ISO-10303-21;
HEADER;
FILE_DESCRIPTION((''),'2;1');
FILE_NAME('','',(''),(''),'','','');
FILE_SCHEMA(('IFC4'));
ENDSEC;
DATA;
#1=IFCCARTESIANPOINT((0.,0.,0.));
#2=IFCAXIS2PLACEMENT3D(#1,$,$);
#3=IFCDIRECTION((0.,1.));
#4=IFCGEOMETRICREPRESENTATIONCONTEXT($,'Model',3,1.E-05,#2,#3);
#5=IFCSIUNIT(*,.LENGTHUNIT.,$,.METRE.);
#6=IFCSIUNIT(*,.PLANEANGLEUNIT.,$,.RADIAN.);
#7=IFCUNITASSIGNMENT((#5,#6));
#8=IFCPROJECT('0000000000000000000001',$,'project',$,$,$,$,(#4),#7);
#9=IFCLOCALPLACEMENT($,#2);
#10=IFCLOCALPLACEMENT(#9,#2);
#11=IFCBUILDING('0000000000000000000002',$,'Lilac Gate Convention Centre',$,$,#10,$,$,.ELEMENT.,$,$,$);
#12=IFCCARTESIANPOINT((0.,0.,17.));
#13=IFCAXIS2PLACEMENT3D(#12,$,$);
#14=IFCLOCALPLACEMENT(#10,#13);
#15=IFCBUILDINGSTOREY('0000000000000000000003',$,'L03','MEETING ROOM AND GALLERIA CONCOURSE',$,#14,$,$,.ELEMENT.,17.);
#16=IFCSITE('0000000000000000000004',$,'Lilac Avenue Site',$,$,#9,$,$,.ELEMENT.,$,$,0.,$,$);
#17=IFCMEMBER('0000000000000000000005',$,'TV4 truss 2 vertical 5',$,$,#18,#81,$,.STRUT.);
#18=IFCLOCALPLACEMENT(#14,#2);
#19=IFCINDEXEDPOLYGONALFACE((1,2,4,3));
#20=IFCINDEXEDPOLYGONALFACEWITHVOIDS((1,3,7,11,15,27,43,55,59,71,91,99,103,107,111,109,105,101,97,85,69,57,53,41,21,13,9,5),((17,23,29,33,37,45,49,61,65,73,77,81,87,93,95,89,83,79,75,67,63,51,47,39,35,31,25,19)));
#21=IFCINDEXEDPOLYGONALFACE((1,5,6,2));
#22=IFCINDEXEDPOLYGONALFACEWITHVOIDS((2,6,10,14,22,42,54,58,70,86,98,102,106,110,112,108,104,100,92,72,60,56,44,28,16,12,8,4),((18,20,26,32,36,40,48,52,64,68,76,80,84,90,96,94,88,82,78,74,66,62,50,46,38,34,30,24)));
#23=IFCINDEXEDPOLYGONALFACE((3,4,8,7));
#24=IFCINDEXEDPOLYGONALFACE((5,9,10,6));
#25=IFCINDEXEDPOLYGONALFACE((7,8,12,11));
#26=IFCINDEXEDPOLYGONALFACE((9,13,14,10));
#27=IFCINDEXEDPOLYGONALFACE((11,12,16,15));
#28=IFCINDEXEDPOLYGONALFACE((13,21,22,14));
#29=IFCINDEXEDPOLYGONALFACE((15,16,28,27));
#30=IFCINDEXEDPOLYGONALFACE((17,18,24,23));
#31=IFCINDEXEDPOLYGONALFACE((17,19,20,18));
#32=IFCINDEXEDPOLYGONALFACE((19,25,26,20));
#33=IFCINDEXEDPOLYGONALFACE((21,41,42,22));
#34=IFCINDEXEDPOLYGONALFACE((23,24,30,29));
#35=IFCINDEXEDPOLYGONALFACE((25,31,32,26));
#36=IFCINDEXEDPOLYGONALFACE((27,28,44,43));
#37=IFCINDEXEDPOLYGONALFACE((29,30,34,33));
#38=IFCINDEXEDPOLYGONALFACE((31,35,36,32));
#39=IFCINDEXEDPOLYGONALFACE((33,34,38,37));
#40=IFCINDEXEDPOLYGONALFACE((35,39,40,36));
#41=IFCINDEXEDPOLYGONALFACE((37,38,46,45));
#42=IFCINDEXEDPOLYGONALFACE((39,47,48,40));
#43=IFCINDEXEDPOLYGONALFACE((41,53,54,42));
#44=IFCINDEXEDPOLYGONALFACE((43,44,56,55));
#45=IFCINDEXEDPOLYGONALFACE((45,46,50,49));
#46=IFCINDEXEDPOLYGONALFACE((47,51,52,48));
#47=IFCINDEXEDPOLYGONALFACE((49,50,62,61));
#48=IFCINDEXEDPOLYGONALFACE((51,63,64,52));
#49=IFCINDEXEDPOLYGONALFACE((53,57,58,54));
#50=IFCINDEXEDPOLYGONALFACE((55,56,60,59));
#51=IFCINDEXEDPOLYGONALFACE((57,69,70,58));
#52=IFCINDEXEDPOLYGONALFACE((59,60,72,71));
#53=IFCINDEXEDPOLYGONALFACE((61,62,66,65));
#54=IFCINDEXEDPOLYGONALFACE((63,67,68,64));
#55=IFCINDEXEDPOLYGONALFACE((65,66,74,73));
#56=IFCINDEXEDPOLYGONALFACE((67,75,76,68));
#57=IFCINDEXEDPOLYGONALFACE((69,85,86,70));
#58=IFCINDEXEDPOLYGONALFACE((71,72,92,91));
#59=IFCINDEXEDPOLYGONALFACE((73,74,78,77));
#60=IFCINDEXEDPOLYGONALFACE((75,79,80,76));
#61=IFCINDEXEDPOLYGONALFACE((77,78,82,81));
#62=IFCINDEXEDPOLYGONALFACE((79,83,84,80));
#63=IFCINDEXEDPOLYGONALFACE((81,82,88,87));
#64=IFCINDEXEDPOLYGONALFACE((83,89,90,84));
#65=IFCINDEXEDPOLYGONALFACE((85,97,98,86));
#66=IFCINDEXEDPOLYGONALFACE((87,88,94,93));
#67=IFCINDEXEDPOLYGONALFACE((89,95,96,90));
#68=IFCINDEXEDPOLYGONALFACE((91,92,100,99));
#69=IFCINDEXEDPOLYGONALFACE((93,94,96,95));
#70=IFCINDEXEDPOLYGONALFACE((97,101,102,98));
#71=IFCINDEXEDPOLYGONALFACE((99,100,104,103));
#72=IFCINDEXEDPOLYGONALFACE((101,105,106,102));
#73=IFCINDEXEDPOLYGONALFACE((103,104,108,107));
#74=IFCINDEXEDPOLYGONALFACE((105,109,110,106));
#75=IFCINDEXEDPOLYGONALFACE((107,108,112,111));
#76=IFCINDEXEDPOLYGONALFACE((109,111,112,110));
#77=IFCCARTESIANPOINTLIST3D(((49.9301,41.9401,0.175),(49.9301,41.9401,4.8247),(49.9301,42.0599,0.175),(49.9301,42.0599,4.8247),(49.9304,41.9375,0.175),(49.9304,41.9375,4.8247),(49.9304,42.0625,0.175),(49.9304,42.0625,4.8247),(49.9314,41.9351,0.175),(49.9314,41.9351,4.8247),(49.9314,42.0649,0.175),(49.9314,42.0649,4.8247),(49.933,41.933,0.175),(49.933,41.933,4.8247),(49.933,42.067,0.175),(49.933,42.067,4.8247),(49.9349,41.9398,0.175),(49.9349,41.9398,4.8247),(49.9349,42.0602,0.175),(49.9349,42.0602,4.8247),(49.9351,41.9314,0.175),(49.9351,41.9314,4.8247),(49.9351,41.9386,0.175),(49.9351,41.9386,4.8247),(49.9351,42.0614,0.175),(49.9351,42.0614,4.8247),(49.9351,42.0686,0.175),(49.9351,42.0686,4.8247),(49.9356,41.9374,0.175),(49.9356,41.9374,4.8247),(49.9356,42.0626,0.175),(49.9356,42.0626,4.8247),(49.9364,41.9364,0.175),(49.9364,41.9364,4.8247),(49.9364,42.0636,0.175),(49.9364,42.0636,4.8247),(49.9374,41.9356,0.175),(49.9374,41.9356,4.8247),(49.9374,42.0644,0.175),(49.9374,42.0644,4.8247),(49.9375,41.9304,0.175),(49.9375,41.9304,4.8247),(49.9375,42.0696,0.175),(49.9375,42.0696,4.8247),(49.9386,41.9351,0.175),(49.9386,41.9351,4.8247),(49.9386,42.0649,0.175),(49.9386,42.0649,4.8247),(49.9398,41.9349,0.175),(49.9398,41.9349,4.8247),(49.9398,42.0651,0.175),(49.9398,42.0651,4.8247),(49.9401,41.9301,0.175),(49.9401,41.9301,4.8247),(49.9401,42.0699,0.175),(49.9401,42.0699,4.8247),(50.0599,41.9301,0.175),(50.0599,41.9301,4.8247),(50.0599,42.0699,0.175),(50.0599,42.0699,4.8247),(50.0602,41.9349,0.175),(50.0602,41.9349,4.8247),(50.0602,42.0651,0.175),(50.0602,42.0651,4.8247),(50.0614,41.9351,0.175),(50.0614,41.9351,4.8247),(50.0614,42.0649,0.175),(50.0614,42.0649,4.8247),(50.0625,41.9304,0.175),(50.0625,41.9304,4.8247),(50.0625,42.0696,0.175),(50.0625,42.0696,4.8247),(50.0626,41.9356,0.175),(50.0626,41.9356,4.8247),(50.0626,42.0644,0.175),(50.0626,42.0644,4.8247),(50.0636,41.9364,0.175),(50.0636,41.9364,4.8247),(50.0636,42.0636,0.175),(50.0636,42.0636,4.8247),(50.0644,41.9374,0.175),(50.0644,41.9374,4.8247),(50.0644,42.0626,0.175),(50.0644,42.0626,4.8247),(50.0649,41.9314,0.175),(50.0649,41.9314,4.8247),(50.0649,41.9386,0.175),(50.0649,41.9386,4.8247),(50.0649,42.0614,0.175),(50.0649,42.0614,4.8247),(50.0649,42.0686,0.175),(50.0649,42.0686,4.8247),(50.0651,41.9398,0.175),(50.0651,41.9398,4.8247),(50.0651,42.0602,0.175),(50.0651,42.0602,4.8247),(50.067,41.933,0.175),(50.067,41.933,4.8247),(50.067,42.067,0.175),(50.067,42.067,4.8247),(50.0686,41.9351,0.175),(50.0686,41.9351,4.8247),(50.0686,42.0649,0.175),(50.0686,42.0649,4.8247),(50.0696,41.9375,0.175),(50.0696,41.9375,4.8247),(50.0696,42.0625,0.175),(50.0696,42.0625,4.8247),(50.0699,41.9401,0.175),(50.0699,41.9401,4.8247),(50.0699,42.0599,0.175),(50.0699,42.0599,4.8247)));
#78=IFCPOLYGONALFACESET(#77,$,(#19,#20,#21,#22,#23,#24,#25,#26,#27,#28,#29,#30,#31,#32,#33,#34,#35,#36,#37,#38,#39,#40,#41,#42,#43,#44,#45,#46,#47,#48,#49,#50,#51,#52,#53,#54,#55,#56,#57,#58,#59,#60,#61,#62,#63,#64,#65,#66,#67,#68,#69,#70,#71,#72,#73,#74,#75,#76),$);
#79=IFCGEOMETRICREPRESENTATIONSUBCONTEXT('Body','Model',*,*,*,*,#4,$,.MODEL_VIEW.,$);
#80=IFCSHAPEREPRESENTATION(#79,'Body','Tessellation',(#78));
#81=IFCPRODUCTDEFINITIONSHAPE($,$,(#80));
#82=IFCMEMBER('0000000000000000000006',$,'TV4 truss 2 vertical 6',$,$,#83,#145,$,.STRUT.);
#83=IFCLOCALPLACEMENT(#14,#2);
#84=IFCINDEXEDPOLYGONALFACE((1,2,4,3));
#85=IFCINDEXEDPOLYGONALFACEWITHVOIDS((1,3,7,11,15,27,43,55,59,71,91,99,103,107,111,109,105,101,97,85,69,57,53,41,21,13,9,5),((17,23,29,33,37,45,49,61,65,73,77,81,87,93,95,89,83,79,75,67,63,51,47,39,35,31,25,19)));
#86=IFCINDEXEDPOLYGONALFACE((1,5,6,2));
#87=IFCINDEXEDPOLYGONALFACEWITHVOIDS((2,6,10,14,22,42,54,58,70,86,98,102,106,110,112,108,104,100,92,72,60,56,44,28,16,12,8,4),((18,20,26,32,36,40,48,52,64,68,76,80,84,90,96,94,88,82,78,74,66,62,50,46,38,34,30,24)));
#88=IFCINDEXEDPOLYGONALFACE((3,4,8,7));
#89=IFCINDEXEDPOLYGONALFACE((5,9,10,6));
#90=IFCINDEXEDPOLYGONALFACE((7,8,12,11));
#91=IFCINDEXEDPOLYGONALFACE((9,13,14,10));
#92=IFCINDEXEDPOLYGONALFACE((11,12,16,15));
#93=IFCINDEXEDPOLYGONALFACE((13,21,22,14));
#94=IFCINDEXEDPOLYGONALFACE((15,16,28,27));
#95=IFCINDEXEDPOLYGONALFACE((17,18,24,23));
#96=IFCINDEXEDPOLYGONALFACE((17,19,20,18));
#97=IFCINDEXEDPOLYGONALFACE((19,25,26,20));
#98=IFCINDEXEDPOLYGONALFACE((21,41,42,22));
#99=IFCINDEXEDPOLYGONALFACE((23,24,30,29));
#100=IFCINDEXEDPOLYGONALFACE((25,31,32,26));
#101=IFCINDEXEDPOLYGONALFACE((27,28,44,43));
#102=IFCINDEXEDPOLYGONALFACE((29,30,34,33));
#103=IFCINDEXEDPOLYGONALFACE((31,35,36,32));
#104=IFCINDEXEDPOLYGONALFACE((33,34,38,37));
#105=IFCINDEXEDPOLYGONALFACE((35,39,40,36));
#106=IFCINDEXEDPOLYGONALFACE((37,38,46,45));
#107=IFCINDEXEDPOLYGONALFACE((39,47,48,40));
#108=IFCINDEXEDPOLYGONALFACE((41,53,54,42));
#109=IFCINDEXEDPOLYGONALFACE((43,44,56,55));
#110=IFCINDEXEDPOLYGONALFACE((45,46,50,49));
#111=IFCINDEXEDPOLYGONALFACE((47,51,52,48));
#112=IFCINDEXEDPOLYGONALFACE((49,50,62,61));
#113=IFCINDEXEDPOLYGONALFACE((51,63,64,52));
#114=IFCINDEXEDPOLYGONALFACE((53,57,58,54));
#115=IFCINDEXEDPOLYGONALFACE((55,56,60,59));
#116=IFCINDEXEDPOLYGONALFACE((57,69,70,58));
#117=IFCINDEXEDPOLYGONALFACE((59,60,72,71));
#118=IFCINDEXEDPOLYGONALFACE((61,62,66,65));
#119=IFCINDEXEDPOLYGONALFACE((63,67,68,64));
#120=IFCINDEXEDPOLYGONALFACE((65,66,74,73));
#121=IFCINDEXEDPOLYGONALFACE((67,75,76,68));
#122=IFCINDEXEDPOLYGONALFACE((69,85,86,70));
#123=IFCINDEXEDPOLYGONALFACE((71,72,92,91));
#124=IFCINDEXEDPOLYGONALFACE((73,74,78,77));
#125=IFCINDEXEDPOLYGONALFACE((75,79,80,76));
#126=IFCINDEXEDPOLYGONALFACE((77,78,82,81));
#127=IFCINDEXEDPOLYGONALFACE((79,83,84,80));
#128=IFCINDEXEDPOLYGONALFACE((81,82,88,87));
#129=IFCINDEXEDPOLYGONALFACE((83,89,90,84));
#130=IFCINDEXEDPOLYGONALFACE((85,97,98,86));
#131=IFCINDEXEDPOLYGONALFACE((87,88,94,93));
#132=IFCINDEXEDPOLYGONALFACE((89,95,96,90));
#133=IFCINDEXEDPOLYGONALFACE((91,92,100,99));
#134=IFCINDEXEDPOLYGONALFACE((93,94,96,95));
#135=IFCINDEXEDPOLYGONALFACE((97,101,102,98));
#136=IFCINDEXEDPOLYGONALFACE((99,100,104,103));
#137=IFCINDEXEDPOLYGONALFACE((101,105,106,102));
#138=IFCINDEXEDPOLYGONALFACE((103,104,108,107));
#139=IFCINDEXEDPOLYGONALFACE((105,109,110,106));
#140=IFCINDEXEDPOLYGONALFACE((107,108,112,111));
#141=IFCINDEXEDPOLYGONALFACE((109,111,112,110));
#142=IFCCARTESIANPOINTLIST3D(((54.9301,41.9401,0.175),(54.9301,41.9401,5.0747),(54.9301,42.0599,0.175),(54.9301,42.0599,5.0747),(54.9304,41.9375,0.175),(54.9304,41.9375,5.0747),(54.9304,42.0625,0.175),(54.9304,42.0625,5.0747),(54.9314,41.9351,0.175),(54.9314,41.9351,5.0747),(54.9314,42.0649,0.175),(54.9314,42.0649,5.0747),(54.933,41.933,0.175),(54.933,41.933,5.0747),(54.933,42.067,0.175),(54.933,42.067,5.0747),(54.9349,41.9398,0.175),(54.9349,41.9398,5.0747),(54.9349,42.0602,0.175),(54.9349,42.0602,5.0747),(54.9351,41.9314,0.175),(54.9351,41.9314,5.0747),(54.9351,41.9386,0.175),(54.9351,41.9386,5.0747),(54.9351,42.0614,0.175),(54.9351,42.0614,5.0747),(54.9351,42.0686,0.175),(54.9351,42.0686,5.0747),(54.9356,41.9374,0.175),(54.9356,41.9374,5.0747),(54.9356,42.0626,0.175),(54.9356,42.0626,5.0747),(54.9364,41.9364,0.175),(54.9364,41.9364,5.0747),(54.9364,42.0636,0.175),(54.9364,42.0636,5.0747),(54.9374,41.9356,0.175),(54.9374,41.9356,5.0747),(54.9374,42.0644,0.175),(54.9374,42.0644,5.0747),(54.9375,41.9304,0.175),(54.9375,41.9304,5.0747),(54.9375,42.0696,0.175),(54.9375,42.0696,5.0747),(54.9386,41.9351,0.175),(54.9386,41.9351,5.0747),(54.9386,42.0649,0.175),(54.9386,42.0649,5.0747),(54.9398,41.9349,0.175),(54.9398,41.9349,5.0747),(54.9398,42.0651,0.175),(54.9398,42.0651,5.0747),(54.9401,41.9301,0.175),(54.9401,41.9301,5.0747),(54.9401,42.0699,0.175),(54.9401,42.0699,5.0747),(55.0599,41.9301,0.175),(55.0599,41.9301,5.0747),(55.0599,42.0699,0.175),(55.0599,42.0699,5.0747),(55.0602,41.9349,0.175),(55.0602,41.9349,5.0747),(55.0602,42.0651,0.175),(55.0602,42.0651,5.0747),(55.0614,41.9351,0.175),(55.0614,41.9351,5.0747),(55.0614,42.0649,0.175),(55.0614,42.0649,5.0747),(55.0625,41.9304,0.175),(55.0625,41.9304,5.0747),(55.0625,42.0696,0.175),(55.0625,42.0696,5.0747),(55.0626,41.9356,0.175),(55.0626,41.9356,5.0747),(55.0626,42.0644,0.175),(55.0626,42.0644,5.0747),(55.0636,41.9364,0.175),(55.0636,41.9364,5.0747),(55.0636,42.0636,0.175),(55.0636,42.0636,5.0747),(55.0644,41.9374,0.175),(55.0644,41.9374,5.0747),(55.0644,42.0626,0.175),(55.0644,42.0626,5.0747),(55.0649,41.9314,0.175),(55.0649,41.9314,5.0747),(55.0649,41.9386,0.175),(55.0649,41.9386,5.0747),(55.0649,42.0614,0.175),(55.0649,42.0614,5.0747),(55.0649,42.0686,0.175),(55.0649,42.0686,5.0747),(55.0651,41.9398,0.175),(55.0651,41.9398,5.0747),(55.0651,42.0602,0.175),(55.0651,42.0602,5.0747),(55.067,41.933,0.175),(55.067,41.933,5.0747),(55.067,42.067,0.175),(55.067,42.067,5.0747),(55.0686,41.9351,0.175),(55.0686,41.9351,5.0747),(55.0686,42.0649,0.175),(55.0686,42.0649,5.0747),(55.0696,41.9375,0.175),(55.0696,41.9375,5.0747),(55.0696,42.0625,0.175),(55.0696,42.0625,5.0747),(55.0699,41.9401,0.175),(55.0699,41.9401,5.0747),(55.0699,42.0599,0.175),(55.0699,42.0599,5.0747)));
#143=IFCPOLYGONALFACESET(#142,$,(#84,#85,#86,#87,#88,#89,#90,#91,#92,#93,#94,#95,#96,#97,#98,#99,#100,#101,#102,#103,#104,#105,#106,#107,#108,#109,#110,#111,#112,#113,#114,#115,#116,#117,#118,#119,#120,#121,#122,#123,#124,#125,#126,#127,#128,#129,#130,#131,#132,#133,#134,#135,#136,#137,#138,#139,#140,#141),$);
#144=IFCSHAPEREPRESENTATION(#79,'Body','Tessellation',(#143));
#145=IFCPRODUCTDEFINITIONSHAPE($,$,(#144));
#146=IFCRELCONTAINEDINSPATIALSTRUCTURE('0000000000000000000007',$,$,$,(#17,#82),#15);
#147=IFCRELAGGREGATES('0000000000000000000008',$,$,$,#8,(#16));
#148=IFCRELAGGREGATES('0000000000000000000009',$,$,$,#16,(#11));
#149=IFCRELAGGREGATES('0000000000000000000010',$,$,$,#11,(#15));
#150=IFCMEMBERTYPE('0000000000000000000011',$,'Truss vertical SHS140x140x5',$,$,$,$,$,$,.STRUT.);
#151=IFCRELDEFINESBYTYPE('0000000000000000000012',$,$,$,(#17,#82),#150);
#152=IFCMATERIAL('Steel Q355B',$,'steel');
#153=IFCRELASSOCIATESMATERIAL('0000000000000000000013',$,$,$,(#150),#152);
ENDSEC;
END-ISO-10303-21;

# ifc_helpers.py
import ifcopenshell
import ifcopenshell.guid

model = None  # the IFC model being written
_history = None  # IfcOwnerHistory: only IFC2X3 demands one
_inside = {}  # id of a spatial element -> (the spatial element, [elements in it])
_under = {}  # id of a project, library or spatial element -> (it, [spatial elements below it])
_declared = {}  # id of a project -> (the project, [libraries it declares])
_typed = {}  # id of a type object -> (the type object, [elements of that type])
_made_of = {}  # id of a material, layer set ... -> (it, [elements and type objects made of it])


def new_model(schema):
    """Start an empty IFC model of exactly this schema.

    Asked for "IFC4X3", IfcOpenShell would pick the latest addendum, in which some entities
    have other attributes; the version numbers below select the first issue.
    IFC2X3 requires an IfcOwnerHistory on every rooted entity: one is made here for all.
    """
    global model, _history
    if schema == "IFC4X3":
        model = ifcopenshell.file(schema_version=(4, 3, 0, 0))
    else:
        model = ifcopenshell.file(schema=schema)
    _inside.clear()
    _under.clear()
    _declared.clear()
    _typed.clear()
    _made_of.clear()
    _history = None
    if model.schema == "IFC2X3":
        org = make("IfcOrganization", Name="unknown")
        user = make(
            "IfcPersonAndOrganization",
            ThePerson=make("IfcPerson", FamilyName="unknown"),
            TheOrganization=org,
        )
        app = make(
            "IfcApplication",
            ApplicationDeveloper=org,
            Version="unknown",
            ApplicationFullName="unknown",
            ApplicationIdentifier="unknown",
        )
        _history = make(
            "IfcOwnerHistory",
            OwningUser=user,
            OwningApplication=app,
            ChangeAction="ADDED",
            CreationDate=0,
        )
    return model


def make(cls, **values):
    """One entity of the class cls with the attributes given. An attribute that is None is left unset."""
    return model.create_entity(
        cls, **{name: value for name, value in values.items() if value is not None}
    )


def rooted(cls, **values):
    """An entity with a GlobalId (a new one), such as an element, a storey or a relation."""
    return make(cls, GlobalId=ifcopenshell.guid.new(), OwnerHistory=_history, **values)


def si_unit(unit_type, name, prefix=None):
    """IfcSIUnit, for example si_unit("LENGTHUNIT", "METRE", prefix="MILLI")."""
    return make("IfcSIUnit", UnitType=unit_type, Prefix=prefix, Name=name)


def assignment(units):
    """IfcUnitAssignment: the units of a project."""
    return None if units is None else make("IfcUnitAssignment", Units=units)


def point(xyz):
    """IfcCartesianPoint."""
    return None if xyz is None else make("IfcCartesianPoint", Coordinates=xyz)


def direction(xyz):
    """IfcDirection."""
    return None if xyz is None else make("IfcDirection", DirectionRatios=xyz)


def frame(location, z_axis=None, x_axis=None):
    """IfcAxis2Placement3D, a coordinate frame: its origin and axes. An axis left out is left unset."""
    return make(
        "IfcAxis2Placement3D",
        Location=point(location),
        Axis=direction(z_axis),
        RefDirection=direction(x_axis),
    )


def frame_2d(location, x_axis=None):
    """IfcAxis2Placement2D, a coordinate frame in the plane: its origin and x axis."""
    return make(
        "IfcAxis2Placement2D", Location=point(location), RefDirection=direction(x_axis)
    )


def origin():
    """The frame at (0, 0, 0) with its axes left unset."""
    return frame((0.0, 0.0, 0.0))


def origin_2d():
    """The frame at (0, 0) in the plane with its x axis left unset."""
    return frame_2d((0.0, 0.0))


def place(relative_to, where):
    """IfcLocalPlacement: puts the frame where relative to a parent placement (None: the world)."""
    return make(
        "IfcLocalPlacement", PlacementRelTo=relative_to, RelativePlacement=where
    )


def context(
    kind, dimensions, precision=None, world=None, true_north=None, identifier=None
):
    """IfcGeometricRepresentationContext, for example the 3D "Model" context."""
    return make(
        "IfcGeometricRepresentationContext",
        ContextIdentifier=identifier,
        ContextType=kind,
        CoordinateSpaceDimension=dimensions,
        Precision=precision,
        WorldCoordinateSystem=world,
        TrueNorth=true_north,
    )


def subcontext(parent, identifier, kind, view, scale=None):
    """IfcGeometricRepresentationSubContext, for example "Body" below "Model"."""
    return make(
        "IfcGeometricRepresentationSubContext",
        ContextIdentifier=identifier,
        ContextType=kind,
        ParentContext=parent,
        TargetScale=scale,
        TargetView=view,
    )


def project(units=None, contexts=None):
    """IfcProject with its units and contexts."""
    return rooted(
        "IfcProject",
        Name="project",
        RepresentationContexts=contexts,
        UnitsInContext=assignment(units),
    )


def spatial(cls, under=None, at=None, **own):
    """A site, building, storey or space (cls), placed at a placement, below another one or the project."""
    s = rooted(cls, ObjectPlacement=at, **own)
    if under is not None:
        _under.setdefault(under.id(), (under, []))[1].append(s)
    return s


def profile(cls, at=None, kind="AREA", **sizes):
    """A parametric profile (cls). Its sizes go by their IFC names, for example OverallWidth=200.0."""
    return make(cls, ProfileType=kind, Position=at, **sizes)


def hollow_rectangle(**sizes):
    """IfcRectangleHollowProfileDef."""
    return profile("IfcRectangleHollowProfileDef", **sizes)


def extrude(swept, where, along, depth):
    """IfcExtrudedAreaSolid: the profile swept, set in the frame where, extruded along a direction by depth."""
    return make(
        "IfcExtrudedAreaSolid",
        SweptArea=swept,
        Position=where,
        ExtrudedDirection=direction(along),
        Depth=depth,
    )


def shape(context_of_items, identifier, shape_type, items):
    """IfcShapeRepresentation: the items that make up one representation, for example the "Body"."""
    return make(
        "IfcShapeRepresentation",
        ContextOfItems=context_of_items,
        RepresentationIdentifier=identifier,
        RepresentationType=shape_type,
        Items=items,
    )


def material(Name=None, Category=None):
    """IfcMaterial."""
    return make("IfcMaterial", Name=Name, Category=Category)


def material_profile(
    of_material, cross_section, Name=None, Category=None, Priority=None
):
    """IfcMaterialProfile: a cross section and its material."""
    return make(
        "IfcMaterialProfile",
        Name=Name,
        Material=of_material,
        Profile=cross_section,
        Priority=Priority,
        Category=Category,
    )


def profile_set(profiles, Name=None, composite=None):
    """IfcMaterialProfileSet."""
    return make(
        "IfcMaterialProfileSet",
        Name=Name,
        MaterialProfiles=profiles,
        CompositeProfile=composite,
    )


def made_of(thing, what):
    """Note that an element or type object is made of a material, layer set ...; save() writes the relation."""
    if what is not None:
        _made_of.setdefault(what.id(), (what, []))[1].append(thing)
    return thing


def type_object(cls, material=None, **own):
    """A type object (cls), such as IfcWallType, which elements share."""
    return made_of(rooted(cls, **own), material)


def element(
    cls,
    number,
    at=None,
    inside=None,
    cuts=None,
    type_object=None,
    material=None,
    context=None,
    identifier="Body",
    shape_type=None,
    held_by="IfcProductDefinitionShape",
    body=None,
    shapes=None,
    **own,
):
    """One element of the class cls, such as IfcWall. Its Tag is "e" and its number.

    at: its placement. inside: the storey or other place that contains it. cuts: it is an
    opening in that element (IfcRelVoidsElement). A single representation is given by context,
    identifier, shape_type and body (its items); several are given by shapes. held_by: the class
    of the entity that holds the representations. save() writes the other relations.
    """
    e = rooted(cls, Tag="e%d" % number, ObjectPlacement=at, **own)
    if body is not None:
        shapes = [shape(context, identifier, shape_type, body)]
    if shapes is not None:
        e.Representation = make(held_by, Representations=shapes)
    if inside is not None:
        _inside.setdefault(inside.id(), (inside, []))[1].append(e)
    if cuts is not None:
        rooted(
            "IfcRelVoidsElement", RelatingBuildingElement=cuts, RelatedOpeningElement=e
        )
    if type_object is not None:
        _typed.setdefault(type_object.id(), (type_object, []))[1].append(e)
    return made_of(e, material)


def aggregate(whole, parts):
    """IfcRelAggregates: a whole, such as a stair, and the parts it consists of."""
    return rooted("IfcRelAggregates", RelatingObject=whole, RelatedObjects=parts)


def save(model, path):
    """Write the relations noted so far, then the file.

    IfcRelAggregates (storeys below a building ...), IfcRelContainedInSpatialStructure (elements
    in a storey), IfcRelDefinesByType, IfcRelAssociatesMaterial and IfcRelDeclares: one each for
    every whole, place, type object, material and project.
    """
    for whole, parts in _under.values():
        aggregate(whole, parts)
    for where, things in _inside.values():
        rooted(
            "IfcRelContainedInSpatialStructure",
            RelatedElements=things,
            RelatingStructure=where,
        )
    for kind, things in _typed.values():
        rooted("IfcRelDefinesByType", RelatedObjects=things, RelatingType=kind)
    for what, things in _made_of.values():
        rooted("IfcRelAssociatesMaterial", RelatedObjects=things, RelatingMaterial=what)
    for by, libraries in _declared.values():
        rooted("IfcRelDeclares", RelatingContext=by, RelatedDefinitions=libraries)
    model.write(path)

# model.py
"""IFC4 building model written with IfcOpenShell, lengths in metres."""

from ifc_helpers import new_model, si_unit, direction, frame, origin, origin_2d, place, context, subcontext, project, spatial, hollow_rectangle, extrude, material, material_profile, profile_set, type_object, element, save


model = new_model("IFC4")

# Units and contexts
model_context = context("Model", 3, precision=1e-05, world=origin(), true_north=direction((0.0, 1.0)))
body_context = subcontext(model_context, "Body", "Model", "MODEL_VIEW")
ifc_project = project(units=[si_unit("LENGTHUNIT", "METRE"), si_unit("PLANEANGLEUNIT", "RADIAN")], contexts=[model_context])

# Site, building, storey
site_placement = place(None, origin())
site = spatial("IfcSite", under=ifc_project, at=site_placement, Name="Lilac Avenue Site", CompositionType="ELEMENT", RefElevation=0.0)
building_placement = place(site_placement, origin())
building = spatial("IfcBuilding", under=site, at=building_placement, Name="Lilac Gate Convention Centre", CompositionType="ELEMENT")
storey_placement = place(building_placement, frame((0.0, 0.0, 17.0)))
storey = spatial("IfcBuildingStorey", under=building, at=storey_placement, Name="L03", Description="MEETING ROOM AND GALLERIA CONCOURSE", CompositionType="ELEMENT", Elevation=17.0)

# Members
ifc_material = material(Name="Steel Q355B", Category="steel")
ifc_material_profile_1 = material_profile(ifc_material, hollow_rectangle(XDim=0.1399, YDim=0.1399, WallThickness=0.0049, InnerFilletRadius=0.0049, OuterFilletRadius=0.01, at=origin_2d()), Name="SHS140x140x5")
ifc_profile_set_1 = profile_set([ifc_material_profile_1], Name="Steel Q355B")
member_type_1 = type_object("IfcMemberType", Name="Truss vertical SHS140x140x5", PredefinedType="STRUT", material=ifc_profile_set_1)
member_1_placement = place(storey_placement, frame((50.0, 42.0, 0.175), z_axis=(0.0, 0.0, 1.0), x_axis=(1.0, 0.0, 0.0)))
element("IfcMember", 1, at=member_1_placement, inside=storey, type_object=member_type_1, Name="TV4 truss 2 vertical 5", PredefinedType="STRUT", context=body_context, shape_type="SweptSolid", body=[
    extrude(hollow_rectangle(XDim=0.1399, YDim=0.1399, WallThickness=0.0049, InnerFilletRadius=0.0049, OuterFilletRadius=0.01, at=origin_2d()), origin(), (0.0, 0.0, 1.0), 4.6497),
])
member_2_placement = place(storey_placement, frame((55.0, 42.0, 0.175), z_axis=(0.0, 0.0, 1.0), x_axis=(1.0, 0.0, 0.0)))
element("IfcMember", 2, at=member_2_placement, inside=storey, type_object=member_type_1, Name="TV4 truss 2 vertical 6", PredefinedType="STRUT", context=body_context, shape_type="SweptSolid", body=[
    extrude(hollow_rectangle(XDim=0.1399, YDim=0.1399, WallThickness=0.0049, InnerFilletRadius=0.0049, OuterFilletRadius=0.01, at=origin_2d()), origin(), (0.0, 0.0, 1.0), 4.8997),
])

save(model, "model.ifc")
